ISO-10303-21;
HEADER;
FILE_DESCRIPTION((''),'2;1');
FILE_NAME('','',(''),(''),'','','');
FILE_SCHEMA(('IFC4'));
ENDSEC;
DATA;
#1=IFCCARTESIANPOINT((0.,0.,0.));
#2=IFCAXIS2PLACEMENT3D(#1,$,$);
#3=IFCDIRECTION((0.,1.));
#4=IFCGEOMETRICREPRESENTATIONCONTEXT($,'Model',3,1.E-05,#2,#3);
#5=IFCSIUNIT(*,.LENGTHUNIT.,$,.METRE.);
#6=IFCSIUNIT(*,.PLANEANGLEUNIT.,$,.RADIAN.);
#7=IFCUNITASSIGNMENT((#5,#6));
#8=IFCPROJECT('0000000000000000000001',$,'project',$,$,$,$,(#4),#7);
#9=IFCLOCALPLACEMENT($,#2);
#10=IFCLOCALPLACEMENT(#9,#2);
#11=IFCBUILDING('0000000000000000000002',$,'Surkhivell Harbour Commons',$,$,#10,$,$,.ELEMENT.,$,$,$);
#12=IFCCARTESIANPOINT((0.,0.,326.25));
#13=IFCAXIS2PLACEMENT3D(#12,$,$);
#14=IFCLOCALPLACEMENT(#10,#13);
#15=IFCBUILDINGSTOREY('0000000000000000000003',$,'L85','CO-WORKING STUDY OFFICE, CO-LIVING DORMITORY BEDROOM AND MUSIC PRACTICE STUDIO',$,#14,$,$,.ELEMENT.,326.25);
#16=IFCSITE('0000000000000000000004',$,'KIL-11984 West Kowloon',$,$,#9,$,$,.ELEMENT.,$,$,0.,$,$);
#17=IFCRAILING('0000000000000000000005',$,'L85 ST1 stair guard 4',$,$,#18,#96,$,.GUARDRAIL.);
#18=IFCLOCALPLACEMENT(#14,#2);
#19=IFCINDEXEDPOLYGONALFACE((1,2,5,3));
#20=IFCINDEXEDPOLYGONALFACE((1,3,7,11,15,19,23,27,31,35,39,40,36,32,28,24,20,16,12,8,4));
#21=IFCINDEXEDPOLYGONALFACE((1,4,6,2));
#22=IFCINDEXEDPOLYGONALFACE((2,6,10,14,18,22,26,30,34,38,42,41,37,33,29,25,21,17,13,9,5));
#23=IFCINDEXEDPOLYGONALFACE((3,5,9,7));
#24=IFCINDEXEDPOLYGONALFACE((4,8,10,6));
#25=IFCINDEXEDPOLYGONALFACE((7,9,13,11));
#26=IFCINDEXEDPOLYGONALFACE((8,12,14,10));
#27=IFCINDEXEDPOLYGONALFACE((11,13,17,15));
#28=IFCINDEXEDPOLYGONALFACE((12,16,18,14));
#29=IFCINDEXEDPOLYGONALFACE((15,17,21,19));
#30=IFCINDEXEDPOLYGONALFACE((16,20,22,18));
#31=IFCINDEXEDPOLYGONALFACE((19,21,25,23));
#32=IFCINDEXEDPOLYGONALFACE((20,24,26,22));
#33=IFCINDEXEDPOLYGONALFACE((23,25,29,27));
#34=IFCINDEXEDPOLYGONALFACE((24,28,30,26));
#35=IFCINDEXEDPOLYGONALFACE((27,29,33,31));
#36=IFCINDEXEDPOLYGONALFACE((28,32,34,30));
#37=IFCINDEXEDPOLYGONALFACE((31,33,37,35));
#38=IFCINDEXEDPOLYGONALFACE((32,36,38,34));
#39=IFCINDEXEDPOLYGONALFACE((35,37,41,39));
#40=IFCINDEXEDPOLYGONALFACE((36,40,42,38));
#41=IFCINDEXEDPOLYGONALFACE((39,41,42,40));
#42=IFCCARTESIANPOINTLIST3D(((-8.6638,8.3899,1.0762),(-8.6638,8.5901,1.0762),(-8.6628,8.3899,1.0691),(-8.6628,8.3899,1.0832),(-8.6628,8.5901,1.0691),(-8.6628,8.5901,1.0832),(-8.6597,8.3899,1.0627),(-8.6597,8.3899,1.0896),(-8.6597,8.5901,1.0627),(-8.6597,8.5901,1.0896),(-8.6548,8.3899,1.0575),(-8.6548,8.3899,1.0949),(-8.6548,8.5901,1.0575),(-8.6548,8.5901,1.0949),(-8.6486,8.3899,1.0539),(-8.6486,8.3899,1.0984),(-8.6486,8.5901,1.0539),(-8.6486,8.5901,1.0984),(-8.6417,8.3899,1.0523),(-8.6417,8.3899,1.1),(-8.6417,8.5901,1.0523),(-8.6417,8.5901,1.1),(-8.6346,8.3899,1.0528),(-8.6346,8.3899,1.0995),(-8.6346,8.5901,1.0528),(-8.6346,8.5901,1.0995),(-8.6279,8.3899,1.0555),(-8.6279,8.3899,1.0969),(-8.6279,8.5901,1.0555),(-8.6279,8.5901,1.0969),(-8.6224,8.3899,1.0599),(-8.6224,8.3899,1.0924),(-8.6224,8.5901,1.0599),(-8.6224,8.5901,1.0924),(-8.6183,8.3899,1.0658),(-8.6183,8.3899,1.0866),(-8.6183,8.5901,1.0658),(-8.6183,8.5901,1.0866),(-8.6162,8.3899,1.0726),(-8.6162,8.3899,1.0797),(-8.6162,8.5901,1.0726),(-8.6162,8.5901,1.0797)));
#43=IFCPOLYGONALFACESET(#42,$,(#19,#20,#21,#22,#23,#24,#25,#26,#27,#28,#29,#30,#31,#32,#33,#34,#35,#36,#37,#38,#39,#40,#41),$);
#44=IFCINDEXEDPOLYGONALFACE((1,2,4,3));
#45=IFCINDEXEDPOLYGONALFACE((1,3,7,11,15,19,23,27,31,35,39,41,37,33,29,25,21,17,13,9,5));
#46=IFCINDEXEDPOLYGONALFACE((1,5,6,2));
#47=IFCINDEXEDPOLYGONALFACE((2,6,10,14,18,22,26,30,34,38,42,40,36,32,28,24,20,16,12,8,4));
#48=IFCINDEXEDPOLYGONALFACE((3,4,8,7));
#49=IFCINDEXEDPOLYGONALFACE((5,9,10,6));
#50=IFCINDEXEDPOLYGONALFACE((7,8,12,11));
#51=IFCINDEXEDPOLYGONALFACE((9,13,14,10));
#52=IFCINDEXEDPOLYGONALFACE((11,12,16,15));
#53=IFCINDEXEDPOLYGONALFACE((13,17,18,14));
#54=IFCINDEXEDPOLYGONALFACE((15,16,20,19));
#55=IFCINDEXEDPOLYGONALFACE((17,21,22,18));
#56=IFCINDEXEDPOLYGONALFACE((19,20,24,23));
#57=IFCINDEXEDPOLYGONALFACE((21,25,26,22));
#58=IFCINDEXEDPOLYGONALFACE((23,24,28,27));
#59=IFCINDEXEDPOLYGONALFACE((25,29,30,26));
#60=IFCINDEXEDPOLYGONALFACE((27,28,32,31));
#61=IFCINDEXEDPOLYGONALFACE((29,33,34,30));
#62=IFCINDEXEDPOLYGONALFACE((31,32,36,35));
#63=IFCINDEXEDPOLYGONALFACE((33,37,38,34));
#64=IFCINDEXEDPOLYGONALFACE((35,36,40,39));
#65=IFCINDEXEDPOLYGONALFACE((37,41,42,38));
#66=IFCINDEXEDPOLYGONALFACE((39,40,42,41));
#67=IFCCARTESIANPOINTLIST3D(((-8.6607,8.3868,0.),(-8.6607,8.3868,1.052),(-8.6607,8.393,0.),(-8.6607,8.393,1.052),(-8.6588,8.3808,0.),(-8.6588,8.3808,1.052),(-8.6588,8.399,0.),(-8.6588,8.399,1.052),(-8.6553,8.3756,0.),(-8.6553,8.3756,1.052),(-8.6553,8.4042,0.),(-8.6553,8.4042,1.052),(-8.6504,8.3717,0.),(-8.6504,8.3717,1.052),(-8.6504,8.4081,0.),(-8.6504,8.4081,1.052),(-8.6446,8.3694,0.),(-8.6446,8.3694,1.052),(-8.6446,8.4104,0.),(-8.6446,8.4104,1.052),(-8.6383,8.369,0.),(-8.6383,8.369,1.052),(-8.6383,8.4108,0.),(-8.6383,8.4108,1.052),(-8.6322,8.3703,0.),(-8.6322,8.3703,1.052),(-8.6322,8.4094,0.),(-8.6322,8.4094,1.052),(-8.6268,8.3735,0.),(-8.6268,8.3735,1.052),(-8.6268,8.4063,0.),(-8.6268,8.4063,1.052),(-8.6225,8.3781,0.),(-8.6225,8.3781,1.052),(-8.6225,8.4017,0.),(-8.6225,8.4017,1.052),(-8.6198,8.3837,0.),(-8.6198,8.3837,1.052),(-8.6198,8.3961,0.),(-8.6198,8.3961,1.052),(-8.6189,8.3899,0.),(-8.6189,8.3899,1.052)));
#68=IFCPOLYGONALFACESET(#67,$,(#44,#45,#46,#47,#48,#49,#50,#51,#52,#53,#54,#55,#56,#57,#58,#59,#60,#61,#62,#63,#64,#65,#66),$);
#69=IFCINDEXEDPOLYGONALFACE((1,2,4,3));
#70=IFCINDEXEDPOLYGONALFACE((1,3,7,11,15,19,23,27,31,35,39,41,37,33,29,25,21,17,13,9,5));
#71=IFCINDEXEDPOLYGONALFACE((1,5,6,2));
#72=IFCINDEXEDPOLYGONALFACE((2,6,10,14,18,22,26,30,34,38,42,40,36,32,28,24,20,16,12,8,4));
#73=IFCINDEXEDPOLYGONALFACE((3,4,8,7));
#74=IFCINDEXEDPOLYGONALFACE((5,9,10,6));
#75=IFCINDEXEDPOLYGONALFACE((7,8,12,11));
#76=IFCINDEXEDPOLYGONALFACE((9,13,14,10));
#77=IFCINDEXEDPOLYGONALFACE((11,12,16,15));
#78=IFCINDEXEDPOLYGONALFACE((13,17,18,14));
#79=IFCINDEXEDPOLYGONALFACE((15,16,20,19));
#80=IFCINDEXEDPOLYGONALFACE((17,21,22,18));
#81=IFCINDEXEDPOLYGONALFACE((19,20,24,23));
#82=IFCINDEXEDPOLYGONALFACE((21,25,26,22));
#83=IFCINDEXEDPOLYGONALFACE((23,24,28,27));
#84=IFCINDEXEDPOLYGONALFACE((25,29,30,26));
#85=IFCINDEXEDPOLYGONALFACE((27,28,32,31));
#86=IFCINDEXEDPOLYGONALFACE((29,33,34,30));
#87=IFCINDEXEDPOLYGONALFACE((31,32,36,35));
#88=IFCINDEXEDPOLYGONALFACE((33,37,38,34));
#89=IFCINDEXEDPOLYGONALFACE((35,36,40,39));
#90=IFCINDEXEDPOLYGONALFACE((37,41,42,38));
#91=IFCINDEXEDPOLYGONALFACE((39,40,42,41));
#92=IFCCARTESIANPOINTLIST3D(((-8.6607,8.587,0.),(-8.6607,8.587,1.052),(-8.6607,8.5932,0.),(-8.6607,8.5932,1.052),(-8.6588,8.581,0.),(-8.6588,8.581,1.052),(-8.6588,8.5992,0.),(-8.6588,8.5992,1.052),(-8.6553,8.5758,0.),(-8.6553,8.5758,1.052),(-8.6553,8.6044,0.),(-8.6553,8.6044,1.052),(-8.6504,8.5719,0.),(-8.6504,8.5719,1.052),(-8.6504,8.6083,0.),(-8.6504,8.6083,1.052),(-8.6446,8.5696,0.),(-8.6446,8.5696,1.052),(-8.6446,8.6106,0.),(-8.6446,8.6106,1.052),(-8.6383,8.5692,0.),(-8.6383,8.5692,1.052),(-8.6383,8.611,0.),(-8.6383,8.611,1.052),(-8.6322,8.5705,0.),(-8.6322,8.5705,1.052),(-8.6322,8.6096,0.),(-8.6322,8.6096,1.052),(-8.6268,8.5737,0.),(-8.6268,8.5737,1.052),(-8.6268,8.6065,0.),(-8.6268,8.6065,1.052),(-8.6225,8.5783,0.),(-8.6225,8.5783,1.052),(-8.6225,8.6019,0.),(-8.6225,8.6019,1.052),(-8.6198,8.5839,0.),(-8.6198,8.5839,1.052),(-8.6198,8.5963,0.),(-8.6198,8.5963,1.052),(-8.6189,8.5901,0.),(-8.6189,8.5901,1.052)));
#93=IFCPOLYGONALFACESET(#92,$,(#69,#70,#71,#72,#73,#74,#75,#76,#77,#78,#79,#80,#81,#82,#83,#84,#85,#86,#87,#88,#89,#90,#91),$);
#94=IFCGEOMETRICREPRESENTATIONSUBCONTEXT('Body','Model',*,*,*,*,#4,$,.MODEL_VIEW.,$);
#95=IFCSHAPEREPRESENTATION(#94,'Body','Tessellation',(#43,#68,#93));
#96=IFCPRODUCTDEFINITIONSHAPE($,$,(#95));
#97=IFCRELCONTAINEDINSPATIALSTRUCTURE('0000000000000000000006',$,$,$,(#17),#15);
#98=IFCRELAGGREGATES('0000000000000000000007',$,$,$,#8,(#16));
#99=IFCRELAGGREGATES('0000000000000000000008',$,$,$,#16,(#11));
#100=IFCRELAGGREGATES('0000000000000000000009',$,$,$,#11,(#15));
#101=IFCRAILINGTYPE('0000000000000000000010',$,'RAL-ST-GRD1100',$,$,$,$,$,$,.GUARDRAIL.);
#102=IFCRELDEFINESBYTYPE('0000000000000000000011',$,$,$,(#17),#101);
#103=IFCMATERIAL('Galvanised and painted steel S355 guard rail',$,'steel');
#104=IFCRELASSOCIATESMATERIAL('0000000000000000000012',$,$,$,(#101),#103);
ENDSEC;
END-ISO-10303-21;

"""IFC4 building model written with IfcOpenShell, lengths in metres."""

from ifc_helpers import new_model, si_unit, direction, frame, origin, origin_2d, place, context, subcontext, project, spatial, circle, extrude, material, type_object, element, save


model = new_model("IFC4")

# Units and contexts
model_context = context("Model", 3, precision=1e-05, world=origin(), true_north=direction((0.0, 1.0)))
body_context = subcontext(model_context, "Body", "Model", "MODEL_VIEW")
ifc_project = project(units=[si_unit("LENGTHUNIT", "METRE"), si_unit("PLANEANGLEUNIT", "RADIAN")], contexts=[model_context])

# Site, building, storey
site_placement = place(None, origin())
site = spatial("IfcSite", under=ifc_project, at=site_placement, Name="KIL-11984 West Kowloon", CompositionType="ELEMENT", RefElevation=0.0)
building_placement = place(site_placement, origin())
building = spatial("IfcBuilding", under=site, at=building_placement, Name="Surkhivell Harbour Commons", CompositionType="ELEMENT")
storey_placement = place(building_placement, frame((0.0, 0.0, 326.25)))
storey = spatial("IfcBuildingStorey", under=building, at=storey_placement, Name="L85", Description="CO-WORKING STUDY OFFICE, CO-LIVING DORMITORY BEDROOM AND MUSIC PRACTICE STUDIO", CompositionType="ELEMENT", Elevation=326.25)

# Railing
ifc_material_1 = material(Name="Galvanised and painted steel S355 guard rail", Category="steel")
railing_type_1 = type_object("IfcRailingType", Name="RAL-ST-GRD1100", PredefinedType="GUARDRAIL", material=ifc_material_1)
railing_1_placement = place(storey_placement, frame((-8.6399, 8.3899, 0.0)))
element("IfcRailing", 1, at=railing_1_placement, inside=storey, type_object=railing_type_1, Name="L85 ST1 stair guard 4", PredefinedType="GUARDRAIL", context=body_context, shape_type="SweptSolid", body=[
    extrude(circle(Radius=0.0239, at=origin_2d()), frame((0.0, 0.0, 1.0762), z_axis=(0.0, 1.0, 0.0), x_axis=(-1.0, 0.0, 0.0)), (0.0, 0.0, 1.0), 0.2002),
    extrude(circle(Radius=0.021, at=origin_2d()), origin(), (0.0, 0.0, 1.0), 1.052),
    extrude(circle(Radius=0.021, at=origin_2d()), frame((0.0, 0.2002, 0.0)), (0.0, 0.0, 1.0), 1.052),
])

save(model, "model.ifc")
